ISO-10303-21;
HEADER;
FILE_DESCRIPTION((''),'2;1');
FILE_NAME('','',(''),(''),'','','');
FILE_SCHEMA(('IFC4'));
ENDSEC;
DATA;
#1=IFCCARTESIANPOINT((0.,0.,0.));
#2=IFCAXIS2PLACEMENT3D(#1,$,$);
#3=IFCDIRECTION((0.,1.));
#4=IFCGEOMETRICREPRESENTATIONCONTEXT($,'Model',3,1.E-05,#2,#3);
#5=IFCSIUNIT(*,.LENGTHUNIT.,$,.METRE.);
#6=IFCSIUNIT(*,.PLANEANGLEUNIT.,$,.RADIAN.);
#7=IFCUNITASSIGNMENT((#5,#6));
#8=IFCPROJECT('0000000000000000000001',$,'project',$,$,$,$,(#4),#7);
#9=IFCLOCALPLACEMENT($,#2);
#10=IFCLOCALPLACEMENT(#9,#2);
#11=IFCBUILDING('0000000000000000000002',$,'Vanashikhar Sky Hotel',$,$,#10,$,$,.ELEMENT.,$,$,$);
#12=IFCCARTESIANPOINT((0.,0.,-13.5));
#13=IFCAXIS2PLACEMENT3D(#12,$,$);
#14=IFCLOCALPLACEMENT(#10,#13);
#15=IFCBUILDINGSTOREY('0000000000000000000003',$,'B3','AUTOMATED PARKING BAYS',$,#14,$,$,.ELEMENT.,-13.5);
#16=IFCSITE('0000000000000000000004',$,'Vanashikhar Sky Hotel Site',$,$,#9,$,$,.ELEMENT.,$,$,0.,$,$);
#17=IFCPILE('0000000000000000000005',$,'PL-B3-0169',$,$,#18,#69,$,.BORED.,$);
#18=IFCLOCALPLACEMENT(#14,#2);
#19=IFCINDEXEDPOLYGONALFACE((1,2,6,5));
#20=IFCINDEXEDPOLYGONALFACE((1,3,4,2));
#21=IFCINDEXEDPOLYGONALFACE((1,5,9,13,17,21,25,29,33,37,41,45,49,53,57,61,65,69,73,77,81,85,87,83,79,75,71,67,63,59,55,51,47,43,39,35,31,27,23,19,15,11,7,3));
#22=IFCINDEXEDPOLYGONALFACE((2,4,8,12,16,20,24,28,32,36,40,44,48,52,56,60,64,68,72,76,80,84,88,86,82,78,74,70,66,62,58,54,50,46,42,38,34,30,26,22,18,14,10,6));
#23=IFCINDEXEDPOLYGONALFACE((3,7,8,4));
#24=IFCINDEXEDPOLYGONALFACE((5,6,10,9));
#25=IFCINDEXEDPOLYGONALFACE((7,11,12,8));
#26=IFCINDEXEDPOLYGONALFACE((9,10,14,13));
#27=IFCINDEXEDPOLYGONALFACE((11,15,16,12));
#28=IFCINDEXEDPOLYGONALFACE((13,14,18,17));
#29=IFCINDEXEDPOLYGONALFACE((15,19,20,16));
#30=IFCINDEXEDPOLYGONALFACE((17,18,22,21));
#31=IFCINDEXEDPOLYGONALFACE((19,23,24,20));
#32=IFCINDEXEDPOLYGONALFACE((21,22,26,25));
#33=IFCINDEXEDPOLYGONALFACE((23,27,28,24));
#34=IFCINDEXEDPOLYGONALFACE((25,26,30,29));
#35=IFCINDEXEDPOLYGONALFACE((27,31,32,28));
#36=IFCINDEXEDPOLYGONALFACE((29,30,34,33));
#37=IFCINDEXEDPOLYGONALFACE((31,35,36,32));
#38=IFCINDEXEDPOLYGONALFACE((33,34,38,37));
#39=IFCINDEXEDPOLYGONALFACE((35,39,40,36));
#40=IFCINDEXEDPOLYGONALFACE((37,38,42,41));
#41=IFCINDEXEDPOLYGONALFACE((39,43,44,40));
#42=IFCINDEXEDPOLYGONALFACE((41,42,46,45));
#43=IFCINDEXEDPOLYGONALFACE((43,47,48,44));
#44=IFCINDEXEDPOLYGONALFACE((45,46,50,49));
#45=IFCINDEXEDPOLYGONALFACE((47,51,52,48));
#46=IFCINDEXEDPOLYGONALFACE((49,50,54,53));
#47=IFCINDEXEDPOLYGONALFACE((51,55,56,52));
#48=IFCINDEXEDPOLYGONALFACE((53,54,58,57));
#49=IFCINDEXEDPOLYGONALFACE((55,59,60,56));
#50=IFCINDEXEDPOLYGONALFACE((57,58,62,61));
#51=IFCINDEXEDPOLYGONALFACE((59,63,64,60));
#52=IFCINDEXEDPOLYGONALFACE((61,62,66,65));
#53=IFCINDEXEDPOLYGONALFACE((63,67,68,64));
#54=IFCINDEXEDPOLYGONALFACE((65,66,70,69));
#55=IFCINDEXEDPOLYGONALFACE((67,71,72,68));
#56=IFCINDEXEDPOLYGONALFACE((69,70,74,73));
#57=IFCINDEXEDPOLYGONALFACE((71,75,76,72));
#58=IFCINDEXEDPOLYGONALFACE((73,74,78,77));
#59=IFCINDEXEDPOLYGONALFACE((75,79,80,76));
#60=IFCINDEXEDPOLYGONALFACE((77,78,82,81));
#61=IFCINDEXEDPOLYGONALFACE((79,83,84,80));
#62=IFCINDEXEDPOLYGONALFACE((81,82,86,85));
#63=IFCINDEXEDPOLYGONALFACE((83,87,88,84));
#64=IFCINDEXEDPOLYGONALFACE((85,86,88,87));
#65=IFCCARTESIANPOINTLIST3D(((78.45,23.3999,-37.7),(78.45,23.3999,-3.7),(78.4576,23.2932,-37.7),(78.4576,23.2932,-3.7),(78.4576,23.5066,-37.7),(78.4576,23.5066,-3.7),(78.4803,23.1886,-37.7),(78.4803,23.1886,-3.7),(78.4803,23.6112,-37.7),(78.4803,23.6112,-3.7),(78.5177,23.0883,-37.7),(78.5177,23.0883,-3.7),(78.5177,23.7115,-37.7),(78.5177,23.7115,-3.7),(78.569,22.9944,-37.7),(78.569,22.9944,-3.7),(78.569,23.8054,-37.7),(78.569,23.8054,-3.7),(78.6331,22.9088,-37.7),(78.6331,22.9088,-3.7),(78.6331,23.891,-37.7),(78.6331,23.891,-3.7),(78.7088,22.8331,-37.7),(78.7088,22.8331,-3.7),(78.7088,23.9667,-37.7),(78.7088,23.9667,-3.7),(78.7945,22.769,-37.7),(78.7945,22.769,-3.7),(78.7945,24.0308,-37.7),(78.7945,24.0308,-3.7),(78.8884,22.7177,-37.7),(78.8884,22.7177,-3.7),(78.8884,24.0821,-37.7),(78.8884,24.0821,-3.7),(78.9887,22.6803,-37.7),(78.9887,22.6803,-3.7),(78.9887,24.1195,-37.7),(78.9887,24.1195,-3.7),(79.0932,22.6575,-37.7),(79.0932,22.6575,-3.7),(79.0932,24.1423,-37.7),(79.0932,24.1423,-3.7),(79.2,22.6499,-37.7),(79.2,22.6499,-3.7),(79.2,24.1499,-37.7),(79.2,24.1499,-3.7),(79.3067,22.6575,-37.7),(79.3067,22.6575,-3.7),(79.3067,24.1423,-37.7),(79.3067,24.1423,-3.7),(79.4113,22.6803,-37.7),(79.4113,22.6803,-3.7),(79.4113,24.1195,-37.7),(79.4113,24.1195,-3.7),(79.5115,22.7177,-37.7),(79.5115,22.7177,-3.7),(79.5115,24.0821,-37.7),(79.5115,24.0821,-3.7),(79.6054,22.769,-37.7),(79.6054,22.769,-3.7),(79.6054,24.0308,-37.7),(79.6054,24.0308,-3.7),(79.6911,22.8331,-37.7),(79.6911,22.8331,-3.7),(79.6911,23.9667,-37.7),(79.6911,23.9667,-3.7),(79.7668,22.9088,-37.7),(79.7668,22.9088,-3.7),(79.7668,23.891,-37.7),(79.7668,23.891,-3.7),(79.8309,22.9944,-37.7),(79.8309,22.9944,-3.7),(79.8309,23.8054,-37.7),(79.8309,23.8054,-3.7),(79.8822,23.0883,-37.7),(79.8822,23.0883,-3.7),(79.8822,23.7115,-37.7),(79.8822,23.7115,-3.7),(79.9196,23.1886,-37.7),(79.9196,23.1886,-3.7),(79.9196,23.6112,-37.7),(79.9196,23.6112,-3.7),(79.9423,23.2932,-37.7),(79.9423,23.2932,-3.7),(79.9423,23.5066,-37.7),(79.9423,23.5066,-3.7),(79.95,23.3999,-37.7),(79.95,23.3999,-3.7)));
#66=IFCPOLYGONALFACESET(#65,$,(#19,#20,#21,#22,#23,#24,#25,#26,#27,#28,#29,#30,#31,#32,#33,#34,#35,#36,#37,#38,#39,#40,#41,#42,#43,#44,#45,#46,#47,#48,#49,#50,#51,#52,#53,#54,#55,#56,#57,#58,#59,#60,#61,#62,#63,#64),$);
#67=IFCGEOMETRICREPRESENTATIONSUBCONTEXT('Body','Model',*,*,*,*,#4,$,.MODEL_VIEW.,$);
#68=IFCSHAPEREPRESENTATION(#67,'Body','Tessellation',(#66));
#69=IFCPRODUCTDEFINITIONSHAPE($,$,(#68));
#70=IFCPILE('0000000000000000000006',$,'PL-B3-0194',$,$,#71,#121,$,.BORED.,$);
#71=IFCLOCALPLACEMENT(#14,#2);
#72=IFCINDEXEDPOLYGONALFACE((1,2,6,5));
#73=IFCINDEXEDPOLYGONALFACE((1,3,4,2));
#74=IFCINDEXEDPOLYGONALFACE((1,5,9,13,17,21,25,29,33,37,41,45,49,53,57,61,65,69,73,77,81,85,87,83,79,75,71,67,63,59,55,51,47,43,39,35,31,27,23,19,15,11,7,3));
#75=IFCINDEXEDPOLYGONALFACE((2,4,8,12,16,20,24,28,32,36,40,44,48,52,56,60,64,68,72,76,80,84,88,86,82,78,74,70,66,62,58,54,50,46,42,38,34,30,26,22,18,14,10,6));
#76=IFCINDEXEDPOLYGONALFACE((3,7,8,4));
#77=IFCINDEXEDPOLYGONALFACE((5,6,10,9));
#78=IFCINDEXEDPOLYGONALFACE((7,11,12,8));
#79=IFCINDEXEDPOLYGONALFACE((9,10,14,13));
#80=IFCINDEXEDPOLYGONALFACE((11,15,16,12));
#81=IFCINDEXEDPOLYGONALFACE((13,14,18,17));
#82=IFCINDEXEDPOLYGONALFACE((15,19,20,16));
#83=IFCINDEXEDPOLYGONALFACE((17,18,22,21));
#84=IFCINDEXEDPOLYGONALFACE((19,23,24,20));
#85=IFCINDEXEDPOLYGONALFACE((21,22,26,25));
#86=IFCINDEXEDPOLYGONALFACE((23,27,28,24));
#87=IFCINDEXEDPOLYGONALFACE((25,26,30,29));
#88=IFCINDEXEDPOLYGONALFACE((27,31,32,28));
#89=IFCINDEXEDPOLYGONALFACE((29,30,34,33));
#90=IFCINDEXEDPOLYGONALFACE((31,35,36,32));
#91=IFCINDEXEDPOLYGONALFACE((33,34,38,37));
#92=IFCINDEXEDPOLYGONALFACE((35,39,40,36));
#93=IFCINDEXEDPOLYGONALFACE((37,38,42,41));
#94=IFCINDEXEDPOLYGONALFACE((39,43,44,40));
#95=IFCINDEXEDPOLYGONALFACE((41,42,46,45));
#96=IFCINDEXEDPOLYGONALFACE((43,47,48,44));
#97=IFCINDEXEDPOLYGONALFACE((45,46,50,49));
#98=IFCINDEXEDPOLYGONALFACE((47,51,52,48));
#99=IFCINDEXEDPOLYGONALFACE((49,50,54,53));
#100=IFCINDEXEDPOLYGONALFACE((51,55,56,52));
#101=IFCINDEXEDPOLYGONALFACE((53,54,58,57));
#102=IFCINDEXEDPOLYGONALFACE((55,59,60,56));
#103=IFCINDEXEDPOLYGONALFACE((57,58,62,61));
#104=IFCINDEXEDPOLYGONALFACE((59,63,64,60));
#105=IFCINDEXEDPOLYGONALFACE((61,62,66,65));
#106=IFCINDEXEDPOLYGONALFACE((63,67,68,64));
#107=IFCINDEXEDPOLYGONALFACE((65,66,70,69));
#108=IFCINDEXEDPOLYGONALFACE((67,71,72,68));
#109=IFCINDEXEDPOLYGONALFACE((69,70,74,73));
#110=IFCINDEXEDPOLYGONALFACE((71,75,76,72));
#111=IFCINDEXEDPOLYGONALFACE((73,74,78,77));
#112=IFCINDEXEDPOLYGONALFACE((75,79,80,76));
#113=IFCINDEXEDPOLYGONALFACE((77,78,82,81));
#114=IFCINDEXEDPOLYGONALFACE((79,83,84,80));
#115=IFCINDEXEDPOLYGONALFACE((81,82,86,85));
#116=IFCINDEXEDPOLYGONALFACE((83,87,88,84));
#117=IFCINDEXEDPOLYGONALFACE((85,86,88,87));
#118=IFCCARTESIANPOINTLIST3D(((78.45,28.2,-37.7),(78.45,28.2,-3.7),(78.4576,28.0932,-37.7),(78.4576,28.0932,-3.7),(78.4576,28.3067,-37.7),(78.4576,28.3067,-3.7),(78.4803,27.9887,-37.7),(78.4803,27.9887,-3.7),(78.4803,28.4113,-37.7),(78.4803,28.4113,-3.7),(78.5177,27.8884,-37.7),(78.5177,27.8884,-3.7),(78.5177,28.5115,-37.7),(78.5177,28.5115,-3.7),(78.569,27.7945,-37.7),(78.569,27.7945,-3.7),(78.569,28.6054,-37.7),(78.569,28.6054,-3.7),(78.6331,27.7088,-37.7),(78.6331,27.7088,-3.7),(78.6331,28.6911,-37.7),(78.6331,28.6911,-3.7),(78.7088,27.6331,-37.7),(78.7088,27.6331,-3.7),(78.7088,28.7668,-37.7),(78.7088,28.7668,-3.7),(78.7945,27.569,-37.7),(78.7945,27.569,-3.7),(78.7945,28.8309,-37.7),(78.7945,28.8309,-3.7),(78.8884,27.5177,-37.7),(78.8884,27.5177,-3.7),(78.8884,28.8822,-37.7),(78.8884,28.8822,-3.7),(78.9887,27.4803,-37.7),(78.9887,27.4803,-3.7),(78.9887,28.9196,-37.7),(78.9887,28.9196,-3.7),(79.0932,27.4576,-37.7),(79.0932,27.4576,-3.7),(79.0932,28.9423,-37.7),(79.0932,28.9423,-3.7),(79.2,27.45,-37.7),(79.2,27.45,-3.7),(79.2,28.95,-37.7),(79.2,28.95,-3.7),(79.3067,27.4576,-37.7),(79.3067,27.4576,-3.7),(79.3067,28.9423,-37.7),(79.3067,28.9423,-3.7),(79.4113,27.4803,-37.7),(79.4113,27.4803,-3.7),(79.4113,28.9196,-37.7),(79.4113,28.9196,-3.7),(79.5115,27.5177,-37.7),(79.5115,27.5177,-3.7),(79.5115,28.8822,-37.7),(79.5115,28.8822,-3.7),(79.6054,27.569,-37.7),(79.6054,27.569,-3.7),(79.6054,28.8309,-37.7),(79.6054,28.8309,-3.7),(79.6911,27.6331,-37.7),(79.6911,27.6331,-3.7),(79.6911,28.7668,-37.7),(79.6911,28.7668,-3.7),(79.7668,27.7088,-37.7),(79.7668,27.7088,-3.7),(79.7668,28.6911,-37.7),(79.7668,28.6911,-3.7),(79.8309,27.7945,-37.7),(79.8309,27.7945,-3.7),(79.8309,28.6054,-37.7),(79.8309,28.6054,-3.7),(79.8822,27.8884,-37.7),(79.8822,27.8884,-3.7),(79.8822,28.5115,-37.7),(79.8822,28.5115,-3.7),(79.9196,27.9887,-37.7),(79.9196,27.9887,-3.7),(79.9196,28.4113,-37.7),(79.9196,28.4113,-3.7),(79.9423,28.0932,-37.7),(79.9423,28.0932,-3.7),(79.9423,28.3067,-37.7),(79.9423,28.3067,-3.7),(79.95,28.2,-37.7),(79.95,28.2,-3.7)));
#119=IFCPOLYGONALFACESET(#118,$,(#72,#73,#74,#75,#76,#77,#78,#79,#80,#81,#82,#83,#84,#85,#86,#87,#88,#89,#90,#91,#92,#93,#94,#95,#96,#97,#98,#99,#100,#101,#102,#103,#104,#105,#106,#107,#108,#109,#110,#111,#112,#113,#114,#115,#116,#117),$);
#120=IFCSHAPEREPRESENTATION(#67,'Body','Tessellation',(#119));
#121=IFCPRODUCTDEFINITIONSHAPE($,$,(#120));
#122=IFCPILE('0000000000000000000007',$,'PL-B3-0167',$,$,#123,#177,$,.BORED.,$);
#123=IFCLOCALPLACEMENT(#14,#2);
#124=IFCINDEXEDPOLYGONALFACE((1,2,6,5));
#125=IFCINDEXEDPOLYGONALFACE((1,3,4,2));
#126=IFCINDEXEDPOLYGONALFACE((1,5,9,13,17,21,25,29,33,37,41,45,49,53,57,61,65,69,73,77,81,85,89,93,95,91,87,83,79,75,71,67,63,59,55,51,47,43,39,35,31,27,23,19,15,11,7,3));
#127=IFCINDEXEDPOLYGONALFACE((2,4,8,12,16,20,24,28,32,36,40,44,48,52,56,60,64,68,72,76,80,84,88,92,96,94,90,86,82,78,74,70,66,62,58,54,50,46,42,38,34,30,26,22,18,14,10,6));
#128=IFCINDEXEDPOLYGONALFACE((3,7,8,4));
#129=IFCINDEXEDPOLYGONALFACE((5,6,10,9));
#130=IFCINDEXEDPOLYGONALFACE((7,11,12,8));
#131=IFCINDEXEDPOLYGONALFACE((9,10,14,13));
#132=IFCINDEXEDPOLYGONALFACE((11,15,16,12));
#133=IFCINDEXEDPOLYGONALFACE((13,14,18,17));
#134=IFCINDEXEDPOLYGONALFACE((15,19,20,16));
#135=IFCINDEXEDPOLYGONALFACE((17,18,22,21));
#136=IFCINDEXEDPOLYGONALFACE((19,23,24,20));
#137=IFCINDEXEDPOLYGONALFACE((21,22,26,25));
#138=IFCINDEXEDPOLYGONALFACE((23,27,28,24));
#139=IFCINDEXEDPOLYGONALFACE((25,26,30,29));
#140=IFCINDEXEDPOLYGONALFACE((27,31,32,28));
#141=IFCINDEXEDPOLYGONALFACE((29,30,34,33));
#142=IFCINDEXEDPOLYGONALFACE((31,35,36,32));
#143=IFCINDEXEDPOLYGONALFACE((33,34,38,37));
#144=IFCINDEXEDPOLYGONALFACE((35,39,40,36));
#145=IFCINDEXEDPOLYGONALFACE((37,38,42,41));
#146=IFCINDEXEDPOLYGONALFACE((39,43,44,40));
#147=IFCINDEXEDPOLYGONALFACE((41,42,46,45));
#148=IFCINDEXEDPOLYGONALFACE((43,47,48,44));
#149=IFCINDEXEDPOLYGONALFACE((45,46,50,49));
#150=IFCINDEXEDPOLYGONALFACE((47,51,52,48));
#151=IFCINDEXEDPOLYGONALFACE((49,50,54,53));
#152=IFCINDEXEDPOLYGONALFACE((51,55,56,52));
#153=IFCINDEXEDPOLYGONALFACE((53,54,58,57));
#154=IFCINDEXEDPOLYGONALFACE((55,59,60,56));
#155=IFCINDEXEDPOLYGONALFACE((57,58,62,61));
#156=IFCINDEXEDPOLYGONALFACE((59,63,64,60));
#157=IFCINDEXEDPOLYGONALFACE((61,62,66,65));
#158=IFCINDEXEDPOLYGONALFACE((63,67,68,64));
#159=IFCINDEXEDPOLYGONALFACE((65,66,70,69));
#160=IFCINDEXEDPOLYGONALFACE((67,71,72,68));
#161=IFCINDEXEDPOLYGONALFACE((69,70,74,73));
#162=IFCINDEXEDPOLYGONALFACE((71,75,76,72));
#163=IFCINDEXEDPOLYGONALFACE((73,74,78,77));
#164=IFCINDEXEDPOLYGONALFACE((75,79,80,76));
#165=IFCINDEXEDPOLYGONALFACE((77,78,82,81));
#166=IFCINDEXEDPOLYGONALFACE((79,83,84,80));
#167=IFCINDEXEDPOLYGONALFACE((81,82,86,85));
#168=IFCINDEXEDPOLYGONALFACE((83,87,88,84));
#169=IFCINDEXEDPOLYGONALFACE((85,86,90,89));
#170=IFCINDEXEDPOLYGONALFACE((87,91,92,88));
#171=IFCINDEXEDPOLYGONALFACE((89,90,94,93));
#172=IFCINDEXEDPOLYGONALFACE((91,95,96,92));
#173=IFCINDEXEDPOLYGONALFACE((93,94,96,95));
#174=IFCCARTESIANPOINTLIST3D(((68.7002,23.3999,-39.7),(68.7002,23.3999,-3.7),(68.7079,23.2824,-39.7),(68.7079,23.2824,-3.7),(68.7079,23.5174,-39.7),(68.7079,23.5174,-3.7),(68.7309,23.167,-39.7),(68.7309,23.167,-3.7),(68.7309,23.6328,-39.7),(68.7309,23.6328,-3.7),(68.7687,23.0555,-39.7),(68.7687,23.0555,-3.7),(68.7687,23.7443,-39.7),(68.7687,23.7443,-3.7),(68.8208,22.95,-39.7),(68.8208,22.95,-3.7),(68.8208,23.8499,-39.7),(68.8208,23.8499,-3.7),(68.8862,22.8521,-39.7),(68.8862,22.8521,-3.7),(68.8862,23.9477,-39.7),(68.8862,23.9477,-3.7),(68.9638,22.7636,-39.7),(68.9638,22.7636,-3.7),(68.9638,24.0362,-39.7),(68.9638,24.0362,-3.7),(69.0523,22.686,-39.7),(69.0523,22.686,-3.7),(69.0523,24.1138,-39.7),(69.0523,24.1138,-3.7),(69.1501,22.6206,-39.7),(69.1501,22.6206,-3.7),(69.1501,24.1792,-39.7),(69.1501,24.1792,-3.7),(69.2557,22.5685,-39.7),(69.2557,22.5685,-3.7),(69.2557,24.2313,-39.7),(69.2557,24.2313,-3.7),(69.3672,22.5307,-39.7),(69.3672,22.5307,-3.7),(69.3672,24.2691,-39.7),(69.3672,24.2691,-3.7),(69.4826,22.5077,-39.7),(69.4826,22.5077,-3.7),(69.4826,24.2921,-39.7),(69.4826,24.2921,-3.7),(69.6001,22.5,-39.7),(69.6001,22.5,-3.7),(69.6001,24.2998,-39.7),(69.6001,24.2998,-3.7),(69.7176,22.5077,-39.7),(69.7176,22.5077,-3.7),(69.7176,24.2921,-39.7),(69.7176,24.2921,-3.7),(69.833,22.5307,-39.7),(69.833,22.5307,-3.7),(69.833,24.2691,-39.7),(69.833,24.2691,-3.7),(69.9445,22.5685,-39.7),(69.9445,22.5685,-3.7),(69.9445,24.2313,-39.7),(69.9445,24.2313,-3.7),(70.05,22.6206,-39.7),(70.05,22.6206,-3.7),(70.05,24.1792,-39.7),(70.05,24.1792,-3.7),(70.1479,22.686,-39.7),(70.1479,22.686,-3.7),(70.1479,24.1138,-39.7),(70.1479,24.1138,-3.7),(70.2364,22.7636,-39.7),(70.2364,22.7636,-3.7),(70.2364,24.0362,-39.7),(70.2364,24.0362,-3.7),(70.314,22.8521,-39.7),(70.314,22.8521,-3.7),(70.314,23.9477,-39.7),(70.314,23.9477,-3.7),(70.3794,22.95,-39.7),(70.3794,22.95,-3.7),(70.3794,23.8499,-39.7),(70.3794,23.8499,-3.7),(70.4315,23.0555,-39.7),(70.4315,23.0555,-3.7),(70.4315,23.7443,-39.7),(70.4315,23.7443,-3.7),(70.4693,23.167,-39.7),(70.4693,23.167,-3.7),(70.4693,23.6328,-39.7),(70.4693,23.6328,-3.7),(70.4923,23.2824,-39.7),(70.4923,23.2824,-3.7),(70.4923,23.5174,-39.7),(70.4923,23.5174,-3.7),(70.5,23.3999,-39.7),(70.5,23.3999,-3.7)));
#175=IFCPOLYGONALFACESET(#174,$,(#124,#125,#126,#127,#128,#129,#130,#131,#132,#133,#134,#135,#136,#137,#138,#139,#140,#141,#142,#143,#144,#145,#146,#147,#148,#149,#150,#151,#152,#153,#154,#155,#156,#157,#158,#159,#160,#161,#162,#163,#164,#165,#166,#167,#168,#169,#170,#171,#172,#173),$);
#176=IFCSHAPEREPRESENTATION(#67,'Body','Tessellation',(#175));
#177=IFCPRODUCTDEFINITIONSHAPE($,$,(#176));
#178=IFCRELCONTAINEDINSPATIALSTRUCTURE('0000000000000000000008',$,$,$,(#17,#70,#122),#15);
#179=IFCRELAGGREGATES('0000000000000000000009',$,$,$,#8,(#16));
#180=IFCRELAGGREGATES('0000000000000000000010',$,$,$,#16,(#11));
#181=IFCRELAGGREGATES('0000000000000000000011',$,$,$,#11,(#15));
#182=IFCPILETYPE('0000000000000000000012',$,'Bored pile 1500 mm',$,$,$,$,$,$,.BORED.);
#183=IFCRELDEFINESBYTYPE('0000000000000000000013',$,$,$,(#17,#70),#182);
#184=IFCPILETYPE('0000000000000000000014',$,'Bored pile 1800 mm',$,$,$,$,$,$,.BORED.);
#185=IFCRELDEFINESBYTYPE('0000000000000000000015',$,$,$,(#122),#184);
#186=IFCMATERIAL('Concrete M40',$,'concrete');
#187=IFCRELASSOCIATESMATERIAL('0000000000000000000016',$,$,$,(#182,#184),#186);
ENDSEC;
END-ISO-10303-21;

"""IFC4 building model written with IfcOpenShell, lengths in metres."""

from ifc_helpers import new_model, si_unit, direction, frame, origin, origin_2d, place, context, subcontext, project, spatial, circle, extrude, source, transform, mapped, material, type_object, element, save


model = new_model("IFC4")

# Units and contexts
model_context = context("Model", 3, precision=1e-05, world=origin(), true_north=direction((0.0, 1.0)))
body_context = subcontext(model_context, "Body", "Model", "MODEL_VIEW")
ifc_project = project(units=[si_unit("LENGTHUNIT", "METRE"), si_unit("PLANEANGLEUNIT", "RADIAN")], contexts=[model_context])

# Site, building, storey
site_placement = place(None, origin())
site = spatial("IfcSite", under=ifc_project, at=site_placement, Name="Vanashikhar Sky Hotel Site", CompositionType="ELEMENT", RefElevation=0.0)
building_placement = place(site_placement, origin())
building = spatial("IfcBuilding", under=site, at=building_placement, Name="Vanashikhar Sky Hotel", CompositionType="ELEMENT")
storey_placement = place(building_placement, frame((0.0, 0.0, -13.5)))
storey = spatial("IfcBuildingStorey", under=building, at=storey_placement, Name="B3", Description="AUTOMATED PARKING BAYS", CompositionType="ELEMENT", Elevation=-13.5)

# Piles
ifc_material_1 = material(Name="Concrete M40", Category="concrete")
pile_type_1 = type_object("IfcPileType", Name="Bored pile 1500 mm", PredefinedType="BORED", material=ifc_material_1)
shared_shape_1 = source(origin(), body_context, "Body", "SweptSolid", [
    extrude(circle(Radius=0.75, at=origin_2d()), origin(), (0.0, 0.0, 1.0), 34.0),
])
for number, where, z_axis, x_axis, name in (
    (1, (79.2, 23.3999, -3.7), (0.0, 0.0, -1.0), (1.0, 0.0, 0.0), "PL-B3-0169"),
    (2, (79.2, 28.2, -3.7), (0.0, 0.0, -1.0), (1.0, 0.0, 0.0), "PL-B3-0194"),
):
    element("IfcPile", number, at=place(storey_placement, frame(where, z_axis=z_axis, x_axis=x_axis)), inside=storey, type_object=pile_type_1, Name=name, PredefinedType="BORED", context=body_context, shape_type="MappedRepresentation", body=[
        mapped(shared_shape_1, transform((0.0, 0.0, 0.0), scale=1.0)),
    ])
pile_type_2 = type_object("IfcPileType", Name="Bored pile 1800 mm", PredefinedType="BORED", material=ifc_material_1)
shared_shape_2 = source(origin(), body_context, "Body", "SweptSolid", [
    extrude(circle(Radius=0.8999, at=origin_2d()), origin(), (0.0, 0.0, 1.0), 36.0),
])
for number, where, z_axis, x_axis, name in (
    (3, (69.6001, 23.3999, -3.7), (0.0, 0.0, -1.0), (1.0, 0.0, 0.0), "PL-B3-0167"),
):
    element("IfcPile", number, at=place(storey_placement, frame(where, z_axis=z_axis, x_axis=x_axis)), inside=storey, type_object=pile_type_2, Name=name, PredefinedType="BORED", context=body_context, shape_type="MappedRepresentation", body=[
        mapped(shared_shape_2, transform((0.0, 0.0, 0.0), scale=1.0)),
    ])

save(model, "model.ifc")
